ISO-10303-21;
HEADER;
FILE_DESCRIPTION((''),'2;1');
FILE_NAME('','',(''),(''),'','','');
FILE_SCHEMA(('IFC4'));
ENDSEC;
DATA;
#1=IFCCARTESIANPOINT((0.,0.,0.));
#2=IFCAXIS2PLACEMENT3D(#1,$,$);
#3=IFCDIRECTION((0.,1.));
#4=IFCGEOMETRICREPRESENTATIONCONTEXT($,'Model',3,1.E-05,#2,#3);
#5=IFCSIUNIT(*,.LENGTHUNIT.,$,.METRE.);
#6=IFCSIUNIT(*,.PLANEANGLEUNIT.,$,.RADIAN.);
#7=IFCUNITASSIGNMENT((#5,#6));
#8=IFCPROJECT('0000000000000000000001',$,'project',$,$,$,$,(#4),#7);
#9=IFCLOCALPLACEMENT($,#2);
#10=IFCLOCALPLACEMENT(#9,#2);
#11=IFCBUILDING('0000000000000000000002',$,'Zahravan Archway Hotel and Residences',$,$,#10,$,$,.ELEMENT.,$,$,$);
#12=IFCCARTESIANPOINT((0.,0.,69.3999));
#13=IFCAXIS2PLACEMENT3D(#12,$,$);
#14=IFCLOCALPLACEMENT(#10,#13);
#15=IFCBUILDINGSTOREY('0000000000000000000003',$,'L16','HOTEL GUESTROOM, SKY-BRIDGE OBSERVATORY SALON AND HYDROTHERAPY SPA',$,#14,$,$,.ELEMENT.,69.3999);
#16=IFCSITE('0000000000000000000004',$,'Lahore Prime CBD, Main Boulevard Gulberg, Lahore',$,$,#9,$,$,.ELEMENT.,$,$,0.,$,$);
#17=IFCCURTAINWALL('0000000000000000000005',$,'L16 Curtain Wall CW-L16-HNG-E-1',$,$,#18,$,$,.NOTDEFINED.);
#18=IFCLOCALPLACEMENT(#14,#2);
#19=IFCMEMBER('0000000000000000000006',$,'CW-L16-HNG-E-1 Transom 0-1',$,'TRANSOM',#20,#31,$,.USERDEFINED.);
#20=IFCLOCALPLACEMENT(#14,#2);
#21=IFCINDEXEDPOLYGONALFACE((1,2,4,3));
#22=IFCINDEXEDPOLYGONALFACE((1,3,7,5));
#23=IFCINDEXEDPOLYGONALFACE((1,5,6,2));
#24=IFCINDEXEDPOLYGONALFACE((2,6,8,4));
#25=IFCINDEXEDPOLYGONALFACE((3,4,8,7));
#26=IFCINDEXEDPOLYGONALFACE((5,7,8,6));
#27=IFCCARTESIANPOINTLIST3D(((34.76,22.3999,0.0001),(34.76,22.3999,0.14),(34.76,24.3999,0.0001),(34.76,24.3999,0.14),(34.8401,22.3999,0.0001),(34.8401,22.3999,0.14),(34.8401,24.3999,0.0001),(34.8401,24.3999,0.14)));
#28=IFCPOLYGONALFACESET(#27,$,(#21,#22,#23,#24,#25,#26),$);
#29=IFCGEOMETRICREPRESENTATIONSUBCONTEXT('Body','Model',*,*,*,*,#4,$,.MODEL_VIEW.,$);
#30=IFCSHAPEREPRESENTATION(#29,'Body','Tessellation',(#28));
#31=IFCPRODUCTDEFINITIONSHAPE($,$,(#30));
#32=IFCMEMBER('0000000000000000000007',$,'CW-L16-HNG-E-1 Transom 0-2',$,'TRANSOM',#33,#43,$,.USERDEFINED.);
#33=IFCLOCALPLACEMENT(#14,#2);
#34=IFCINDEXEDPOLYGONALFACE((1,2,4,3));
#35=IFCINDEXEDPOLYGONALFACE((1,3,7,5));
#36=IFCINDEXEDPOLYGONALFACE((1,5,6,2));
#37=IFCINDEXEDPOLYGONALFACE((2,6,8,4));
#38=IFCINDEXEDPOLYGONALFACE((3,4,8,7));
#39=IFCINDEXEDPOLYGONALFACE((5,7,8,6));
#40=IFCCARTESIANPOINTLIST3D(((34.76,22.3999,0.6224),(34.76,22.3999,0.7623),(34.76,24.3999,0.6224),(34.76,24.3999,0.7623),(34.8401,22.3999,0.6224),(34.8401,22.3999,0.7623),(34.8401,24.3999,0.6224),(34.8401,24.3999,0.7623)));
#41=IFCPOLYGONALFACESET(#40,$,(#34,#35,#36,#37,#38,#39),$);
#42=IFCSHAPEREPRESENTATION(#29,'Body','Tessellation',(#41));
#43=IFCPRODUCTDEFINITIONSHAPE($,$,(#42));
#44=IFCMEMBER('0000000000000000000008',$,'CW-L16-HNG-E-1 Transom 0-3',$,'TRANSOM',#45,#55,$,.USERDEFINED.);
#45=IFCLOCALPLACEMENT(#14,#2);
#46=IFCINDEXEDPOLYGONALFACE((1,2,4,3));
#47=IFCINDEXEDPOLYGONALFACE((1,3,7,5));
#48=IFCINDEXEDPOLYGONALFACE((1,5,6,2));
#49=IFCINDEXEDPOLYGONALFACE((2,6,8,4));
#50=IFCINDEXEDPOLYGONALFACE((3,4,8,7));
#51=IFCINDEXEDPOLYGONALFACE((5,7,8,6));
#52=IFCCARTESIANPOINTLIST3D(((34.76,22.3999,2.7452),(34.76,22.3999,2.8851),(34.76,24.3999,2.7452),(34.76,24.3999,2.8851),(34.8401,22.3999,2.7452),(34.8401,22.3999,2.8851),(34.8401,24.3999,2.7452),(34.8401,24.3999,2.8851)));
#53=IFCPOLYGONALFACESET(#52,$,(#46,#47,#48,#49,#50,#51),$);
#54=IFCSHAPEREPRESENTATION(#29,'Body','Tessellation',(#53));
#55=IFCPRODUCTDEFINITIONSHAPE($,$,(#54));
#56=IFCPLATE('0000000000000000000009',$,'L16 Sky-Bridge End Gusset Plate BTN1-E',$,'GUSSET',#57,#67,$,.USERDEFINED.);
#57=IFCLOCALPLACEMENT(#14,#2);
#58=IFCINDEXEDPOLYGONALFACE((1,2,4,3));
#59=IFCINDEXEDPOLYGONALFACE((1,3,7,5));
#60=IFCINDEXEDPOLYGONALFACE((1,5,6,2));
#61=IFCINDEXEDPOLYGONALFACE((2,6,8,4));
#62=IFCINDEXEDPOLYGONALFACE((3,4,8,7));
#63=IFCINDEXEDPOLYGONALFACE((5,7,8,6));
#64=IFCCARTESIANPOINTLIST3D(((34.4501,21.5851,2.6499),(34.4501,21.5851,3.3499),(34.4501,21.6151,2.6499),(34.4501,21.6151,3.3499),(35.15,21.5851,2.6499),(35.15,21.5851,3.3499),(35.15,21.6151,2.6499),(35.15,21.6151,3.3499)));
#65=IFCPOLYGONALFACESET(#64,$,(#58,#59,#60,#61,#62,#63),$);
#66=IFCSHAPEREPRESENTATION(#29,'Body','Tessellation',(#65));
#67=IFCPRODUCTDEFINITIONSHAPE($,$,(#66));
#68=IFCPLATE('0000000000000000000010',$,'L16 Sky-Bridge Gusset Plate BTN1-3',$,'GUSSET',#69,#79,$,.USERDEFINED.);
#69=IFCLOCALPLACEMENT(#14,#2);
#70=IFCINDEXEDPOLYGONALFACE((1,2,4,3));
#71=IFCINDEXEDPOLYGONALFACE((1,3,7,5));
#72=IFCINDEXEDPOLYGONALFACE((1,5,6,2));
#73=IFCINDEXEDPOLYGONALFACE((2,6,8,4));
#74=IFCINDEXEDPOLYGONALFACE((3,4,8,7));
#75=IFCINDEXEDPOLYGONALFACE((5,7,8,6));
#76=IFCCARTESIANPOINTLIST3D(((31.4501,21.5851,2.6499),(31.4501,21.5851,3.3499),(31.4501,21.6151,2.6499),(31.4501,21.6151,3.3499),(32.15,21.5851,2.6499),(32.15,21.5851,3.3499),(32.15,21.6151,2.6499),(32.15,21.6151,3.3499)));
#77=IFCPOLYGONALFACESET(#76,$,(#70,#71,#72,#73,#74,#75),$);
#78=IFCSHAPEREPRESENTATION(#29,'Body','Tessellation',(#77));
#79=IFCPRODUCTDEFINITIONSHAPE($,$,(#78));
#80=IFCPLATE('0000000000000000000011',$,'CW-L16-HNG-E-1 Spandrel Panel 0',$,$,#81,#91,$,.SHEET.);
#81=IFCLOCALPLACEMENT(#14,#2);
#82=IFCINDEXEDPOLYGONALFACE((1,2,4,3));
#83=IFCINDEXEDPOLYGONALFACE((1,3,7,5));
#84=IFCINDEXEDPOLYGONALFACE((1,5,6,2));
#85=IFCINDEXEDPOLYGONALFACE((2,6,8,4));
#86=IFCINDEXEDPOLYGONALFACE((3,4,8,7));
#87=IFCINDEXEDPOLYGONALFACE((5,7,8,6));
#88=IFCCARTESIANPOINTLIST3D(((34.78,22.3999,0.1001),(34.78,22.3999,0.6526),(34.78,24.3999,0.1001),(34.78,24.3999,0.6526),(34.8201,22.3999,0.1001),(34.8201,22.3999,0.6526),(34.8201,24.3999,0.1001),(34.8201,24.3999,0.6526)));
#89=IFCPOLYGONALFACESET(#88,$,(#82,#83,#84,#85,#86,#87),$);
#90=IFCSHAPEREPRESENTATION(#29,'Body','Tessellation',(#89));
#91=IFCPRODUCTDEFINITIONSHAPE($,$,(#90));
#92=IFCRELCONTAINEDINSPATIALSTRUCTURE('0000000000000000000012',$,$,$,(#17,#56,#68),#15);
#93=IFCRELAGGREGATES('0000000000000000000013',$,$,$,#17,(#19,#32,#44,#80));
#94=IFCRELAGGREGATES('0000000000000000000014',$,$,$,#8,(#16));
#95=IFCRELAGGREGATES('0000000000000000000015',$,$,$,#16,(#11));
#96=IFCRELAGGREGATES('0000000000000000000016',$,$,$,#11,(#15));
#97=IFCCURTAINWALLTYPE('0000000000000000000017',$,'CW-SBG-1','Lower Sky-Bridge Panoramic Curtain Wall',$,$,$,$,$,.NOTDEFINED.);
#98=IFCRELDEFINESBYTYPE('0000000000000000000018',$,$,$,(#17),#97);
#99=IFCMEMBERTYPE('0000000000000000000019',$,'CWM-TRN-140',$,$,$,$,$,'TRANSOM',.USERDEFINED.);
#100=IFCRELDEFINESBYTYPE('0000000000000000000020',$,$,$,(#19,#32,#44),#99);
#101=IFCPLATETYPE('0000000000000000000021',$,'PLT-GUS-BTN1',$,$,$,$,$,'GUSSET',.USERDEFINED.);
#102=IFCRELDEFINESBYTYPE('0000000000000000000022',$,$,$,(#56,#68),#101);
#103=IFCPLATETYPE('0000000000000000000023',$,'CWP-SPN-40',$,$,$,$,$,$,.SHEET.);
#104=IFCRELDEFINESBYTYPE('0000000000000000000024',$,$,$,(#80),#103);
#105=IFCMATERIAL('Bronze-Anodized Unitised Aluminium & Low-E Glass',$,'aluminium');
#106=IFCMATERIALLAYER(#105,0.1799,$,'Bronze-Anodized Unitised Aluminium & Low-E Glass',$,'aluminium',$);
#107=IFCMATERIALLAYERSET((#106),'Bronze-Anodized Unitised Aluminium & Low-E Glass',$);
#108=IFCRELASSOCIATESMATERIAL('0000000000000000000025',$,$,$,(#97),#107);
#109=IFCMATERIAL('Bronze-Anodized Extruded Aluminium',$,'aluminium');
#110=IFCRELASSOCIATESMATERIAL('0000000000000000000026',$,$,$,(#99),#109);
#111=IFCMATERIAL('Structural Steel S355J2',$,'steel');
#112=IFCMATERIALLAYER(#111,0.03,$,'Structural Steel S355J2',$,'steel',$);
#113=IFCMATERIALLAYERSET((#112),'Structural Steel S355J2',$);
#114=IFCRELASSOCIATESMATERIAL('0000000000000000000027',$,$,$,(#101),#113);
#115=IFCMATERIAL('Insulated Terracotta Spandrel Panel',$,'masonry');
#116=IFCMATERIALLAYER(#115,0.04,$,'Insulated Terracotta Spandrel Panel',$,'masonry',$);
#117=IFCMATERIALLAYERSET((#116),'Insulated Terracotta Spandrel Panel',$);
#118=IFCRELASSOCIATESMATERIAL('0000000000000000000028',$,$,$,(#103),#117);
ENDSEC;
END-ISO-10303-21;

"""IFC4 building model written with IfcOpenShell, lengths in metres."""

from ifc_helpers import new_model, si_unit, direction, frame, origin, origin_2d, place, context, subcontext, project, spatial, rectangle, extrude, source, transform, mapped, material, layer, layer_set, material_profile, profile_set, type_object, type_shapes, element, aggregate, save


model = new_model("IFC4")

# Units and contexts
model_context = context("Model", 3, precision=1e-05, world=origin(), true_north=direction((0.0, 1.0)))
body_context = subcontext(model_context, "Body", "Model", "MODEL_VIEW")
ifc_project = project(units=[si_unit("LENGTHUNIT", "METRE"), si_unit("PLANEANGLEUNIT", "RADIAN")], contexts=[model_context])

# Site, building, storey
site_placement = place(None, origin())
site = spatial("IfcSite", under=ifc_project, at=site_placement, Name="Lahore Prime CBD, Main Boulevard Gulberg, Lahore", CompositionType="ELEMENT", RefElevation=0.0)
building_placement = place(site_placement, origin())
building = spatial("IfcBuilding", under=site, at=building_placement, Name="Zahravan Archway Hotel and Residences", CompositionType="ELEMENT")
storey_placement = place(building_placement, frame((0.0, 0.0, 69.3999)))
storey = spatial("IfcBuildingStorey", under=building, at=storey_placement, Name="L16", Description="HOTEL GUESTROOM, SKY-BRIDGE OBSERVATORY SALON AND HYDROTHERAPY SPA", CompositionType="ELEMENT", Elevation=69.3999)

# Shared definitions
ifc_material_1 = material(Name="Structural Steel S355J2", Category="steel")

# Curtain wall, members
ifc_material_2 = material(Name="Bronze-Anodized Unitised Aluminium & Low-E Glass", Category="aluminium")
ifc_layer_1 = layer(ifc_material_2, 0.1799, Name="Bronze-Anodized Unitised Aluminium & Low-E Glass", Category="aluminium")
ifc_layer_set_1 = layer_set([ifc_layer_1], Name="Bronze-Anodized Unitised Aluminium & Low-E Glass")
curtain_wall_type = type_object("IfcCurtainWallType", Name="CW-SBG-1", Description="Lower Sky-Bridge Panoramic Curtain Wall", PredefinedType="NOTDEFINED", material=ifc_layer_set_1)
curtain_wall_placement = place(storey_placement, origin())
curtain_wall = element("IfcCurtainWall", 1, at=curtain_wall_placement, inside=storey, type_object=curtain_wall_type, Name="L16 Curtain Wall CW-L16-HNG-E-1", PredefinedType="NOTDEFINED")
ifc_material_3 = material(Name="Bronze-Anodized Extruded Aluminium", Category="aluminium")
ifc_material_profile_1 = material_profile(ifc_material_3, rectangle(XDim=0.0801, YDim=0.1399, at=origin_2d()), Name="TRN 80x140", Category="aluminium")
ifc_profile_set_1 = profile_set([ifc_material_profile_1], Name="Bronze-Anodized Extruded Aluminium")
member_type_1 = type_object("IfcMemberType", Name="CWM-TRN-140", ElementType="TRANSOM", PredefinedType="USERDEFINED", material=ifc_profile_set_1)
shared_shape_1 = source(origin(), body_context, "Body", "SweptSolid", [
    extrude(rectangle(XDim=0.0801, YDim=0.1399, at=origin_2d()), origin(), (0.0, 0.0, 1.0), 2.0),
])
member_1_placement = place(storey_placement, frame((34.8, 22.3999, 0.0701), z_axis=(0.0, 1.0, 0.0), x_axis=(-1.0, 0.0, 0.0)))
member_1 = element("IfcMember", 2, at=member_1_placement, type_object=member_type_1, Name="CW-L16-HNG-E-1 Transom 0-1", ObjectType="TRANSOM", PredefinedType="USERDEFINED", context=body_context, shape_type="MappedRepresentation", body=[
    mapped(shared_shape_1, transform((0.0, 0.0, 0.0), scale=1.0)),
])
member_2_placement = place(storey_placement, frame((34.8, 22.3999, 0.6924), z_axis=(0.0, 1.0, 0.0), x_axis=(-1.0, 0.0, 0.0)))
member_2 = element("IfcMember", 3, at=member_2_placement, type_object=member_type_1, Name="CW-L16-HNG-E-1 Transom 0-2", ObjectType="TRANSOM", PredefinedType="USERDEFINED", context=body_context, shape_type="MappedRepresentation", body=[
    mapped(shared_shape_1, transform((0.0, 0.0, 0.0), scale=1.0)),
])
member_3_placement = place(storey_placement, frame((34.8, 22.3999, 2.8152), z_axis=(0.0, 1.0, 0.0), x_axis=(-1.0, 0.0, 0.0)))
member_3 = element("IfcMember", 4, at=member_3_placement, type_object=member_type_1, Name="CW-L16-HNG-E-1 Transom 0-3", ObjectType="TRANSOM", PredefinedType="USERDEFINED", context=body_context, shape_type="MappedRepresentation", body=[
    mapped(shared_shape_1, transform((0.0, 0.0, 0.0), scale=1.0)),
])

# Plates
ifc_layer_2 = layer(ifc_material_1, 0.03, Name="Structural Steel S355J2", Category="steel")
ifc_layer_set_2 = layer_set([ifc_layer_2], Name="Structural Steel S355J2")
plate_type_1 = type_object("IfcPlateType", Name="PLT-GUS-BTN1", ElementType="GUSSET", PredefinedType="USERDEFINED", material=ifc_layer_set_2)
shared_shape_2 = source(origin(), body_context, "Body", "SweptSolid", [
    extrude(rectangle(XDim=0.7, YDim=0.03, at=origin_2d()), origin(), (0.0, 0.0, 1.0), 0.7),
])
type_shapes(plate_type_1, [shared_shape_2])
for number, where, z_axis, x_axis, name in (
    (5, (34.8, 21.6001, 2.6499), (0.0, 0.0, 1.0), (1.0, 0.0, 0.0), "L16 Sky-Bridge End Gusset Plate BTN1-E"),
    (6, (31.8, 21.6001, 2.6499), (0.0, 0.0, 1.0), (1.0, 0.0, 0.0), "L16 Sky-Bridge Gusset Plate BTN1-3"),
):
    element("IfcPlate", number, at=place(storey_placement, frame(where, z_axis=z_axis, x_axis=x_axis)), inside=storey, type_object=plate_type_1, Name=name, ObjectType="GUSSET", PredefinedType="USERDEFINED", context=body_context, shape_type="MappedRepresentation", body=[
        mapped(shared_shape_2, transform((0.0, 0.0, 0.0), scale=1.0)),
    ])

# Plate
ifc_material_4 = material(Name="Insulated Terracotta Spandrel Panel", Category="masonry")
ifc_layer_3 = layer(ifc_material_4, 0.04, Name="Insulated Terracotta Spandrel Panel", Category="masonry")
ifc_layer_set_3 = layer_set([ifc_layer_3], Name="Insulated Terracotta Spandrel Panel")
plate_type_2 = type_object("IfcPlateType", Name="CWP-SPN-40", PredefinedType="SHEET", material=ifc_layer_set_3)
shared_shape_3 = source(origin(), body_context, "Body", "SweptSolid", [
    extrude(rectangle(XDim=2.0, YDim=0.04, at=origin_2d()), origin(), (0.0, 0.0, 1.0), 0.5525),
])
plate_placement = place(storey_placement, frame((34.8, 23.3999, 0.1001), z_axis=(0.0, 0.0, 1.0), x_axis=(0.0, 1.0, 0.0)))
plate = element("IfcPlate", 7, at=plate_placement, type_object=plate_type_2, Name="CW-L16-HNG-E-1 Spandrel Panel 0", PredefinedType="SHEET", context=body_context, shape_type="MappedRepresentation", body=[
    mapped(shared_shape_3, transform((0.0, 0.0, 0.0), scale=1.0)),
])
aggregate(curtain_wall, [member_1, member_2, member_3, plate])

save(model, "model.ifc")
